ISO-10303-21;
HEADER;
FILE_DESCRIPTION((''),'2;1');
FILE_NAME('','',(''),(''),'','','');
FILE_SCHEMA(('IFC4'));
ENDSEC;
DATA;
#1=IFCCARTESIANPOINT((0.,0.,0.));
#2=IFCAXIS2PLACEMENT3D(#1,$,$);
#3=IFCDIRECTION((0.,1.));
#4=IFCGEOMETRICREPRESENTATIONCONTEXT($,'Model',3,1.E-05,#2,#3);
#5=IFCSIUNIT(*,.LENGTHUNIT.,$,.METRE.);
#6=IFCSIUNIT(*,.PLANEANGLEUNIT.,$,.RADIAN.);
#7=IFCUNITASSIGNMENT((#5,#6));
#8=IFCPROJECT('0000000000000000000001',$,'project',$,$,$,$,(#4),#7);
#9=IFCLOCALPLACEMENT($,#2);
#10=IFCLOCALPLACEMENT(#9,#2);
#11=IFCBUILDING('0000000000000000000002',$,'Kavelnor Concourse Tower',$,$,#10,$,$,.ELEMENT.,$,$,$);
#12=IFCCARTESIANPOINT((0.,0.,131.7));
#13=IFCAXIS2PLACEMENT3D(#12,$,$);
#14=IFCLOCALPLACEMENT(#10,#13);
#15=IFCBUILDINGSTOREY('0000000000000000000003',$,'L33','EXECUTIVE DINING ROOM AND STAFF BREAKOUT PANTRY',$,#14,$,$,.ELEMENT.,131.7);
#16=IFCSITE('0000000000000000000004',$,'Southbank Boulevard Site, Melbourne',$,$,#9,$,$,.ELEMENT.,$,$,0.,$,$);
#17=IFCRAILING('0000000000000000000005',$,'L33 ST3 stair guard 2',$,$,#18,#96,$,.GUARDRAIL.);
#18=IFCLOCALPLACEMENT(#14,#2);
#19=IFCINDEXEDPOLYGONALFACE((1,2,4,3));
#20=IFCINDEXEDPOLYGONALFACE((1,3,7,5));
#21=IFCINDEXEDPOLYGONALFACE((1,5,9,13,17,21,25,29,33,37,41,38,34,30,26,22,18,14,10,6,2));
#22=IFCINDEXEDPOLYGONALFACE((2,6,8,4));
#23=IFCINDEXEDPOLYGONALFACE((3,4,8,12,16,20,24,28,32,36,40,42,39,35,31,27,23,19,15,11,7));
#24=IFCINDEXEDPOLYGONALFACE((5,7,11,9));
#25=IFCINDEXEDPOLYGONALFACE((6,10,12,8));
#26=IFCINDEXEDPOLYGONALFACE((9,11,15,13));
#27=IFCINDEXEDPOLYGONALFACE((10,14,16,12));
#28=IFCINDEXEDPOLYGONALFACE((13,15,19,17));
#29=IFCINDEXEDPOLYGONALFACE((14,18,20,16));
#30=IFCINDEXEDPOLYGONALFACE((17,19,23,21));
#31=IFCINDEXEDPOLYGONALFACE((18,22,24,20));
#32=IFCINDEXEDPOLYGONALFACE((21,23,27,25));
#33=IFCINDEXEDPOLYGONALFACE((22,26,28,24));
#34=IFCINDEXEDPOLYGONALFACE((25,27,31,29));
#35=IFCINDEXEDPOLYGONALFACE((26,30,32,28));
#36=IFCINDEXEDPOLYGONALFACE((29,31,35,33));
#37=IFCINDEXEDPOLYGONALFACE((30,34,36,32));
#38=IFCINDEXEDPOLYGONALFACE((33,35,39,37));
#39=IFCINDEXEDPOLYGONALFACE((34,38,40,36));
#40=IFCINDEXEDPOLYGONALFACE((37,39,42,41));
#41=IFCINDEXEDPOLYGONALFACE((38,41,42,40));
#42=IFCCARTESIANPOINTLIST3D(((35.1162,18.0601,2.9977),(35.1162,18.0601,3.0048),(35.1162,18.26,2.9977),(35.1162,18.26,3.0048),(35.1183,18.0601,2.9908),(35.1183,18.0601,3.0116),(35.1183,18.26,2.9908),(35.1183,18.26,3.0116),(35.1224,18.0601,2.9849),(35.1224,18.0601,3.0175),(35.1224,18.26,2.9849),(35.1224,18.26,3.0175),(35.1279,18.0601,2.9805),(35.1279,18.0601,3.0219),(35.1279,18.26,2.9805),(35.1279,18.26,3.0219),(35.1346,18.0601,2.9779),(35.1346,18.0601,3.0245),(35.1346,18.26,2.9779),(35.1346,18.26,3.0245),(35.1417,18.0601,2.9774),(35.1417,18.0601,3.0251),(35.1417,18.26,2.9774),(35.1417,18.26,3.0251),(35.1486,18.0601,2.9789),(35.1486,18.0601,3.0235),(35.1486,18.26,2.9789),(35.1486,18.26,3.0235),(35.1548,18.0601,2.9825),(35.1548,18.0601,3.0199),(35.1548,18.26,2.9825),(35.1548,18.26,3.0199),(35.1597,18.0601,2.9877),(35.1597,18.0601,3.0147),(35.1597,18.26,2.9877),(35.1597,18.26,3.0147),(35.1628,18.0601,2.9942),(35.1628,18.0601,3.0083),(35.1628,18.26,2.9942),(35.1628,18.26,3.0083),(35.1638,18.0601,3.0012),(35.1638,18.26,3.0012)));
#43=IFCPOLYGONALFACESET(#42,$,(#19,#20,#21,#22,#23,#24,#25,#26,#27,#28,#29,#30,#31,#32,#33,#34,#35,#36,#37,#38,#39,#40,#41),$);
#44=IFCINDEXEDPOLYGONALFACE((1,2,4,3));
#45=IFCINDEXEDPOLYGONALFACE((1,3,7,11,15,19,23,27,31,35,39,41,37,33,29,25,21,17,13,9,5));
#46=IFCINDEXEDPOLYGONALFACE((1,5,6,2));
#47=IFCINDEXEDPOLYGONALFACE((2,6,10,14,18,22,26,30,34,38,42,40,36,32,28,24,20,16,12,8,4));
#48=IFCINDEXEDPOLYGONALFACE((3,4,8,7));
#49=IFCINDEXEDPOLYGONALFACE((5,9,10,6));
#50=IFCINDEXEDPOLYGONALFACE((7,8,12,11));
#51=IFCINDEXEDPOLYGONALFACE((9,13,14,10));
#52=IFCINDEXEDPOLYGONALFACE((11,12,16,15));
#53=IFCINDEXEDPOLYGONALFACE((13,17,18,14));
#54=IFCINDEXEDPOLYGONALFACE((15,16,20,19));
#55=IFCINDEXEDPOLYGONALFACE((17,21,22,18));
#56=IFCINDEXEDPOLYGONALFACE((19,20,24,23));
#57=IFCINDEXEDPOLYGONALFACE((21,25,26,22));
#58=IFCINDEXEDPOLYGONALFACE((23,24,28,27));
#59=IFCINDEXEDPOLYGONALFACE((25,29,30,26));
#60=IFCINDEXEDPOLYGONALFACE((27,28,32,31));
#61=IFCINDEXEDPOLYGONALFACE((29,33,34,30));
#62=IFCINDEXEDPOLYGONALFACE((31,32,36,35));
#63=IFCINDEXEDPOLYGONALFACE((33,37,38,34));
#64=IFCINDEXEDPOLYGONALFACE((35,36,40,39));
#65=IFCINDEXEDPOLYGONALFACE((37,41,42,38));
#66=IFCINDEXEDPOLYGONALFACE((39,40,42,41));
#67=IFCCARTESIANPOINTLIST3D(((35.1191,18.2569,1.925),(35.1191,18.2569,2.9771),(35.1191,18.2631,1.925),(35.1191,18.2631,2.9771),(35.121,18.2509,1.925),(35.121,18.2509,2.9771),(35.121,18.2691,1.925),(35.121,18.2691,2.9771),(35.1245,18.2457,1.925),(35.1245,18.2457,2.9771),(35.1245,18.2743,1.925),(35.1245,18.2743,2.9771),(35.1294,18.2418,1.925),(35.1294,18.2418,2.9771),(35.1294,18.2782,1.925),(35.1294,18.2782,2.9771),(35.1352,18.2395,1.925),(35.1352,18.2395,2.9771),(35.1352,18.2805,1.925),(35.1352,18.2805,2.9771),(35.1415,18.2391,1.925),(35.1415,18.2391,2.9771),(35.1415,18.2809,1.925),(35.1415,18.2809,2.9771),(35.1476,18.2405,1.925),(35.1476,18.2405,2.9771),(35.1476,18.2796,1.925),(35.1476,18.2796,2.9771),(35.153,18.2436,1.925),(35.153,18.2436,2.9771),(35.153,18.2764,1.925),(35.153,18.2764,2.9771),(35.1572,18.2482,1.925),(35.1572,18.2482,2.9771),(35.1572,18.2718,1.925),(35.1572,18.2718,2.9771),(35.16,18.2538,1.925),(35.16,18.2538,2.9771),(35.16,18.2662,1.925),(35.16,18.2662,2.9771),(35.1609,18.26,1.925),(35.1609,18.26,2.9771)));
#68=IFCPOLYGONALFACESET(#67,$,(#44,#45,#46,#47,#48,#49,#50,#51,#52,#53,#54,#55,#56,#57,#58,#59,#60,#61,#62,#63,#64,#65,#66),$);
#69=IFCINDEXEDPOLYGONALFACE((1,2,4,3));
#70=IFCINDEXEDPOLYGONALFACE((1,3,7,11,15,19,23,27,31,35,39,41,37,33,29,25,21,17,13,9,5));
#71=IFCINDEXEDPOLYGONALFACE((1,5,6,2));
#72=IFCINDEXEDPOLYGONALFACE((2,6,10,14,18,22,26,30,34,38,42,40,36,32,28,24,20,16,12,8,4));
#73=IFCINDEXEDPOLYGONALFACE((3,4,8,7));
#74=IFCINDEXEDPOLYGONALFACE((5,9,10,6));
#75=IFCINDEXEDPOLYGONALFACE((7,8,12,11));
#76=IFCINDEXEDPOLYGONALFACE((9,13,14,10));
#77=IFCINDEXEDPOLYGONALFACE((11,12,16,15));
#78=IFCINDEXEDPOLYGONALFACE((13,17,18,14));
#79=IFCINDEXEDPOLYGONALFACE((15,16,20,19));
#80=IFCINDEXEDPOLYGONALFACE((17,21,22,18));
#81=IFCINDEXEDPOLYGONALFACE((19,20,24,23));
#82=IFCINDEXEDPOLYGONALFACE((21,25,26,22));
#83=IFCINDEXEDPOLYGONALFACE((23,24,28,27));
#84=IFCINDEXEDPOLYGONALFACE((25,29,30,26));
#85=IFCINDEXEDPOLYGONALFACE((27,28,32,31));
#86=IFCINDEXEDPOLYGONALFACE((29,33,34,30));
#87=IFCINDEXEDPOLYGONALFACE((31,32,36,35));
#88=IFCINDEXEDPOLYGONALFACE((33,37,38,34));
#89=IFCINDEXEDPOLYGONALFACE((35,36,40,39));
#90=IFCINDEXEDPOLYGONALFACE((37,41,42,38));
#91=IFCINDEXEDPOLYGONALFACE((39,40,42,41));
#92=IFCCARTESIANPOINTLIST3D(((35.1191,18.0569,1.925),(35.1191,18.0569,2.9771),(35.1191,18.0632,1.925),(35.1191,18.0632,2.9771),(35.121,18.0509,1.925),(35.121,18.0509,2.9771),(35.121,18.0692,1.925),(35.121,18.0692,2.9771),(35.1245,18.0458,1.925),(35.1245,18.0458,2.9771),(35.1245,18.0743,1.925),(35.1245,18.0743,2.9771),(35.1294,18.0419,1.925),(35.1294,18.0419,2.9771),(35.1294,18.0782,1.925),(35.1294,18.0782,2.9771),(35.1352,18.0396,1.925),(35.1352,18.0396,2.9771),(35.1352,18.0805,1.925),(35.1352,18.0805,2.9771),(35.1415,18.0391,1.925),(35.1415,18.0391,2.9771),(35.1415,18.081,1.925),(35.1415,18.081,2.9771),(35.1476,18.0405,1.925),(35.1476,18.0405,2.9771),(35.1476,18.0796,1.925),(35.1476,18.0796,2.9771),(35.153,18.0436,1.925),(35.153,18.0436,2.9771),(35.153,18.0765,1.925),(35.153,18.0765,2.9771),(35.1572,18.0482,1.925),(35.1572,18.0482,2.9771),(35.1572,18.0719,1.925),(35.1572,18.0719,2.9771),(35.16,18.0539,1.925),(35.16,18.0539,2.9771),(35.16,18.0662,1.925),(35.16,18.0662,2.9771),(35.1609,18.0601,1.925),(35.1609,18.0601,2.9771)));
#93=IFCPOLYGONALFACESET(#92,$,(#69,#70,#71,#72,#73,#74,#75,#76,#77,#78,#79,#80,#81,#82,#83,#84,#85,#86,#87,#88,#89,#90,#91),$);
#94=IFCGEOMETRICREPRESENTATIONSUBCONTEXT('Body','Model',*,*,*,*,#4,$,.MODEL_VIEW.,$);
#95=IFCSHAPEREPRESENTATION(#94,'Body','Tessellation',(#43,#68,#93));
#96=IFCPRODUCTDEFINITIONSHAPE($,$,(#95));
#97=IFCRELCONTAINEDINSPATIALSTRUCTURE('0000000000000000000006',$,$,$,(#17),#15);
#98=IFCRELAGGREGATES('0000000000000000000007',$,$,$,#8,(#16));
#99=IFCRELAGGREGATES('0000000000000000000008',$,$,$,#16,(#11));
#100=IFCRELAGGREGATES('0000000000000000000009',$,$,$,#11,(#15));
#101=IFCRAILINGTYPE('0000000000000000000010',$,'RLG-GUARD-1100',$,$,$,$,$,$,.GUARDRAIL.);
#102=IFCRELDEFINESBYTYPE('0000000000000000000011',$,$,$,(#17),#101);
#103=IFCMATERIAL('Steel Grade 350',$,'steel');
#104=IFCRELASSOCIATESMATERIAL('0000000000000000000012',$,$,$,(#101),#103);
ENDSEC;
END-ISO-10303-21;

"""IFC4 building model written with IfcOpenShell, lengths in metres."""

from ifc_helpers import new_model, si_unit, direction, frame, origin, origin_2d, place, context, subcontext, project, spatial, circle, extrude, material, type_object, element, save


model = new_model("IFC4")

# Units and contexts
model_context = context("Model", 3, precision=1e-05, world=origin(), true_north=direction((0.0, 1.0)))
body_context = subcontext(model_context, "Body", "Model", "MODEL_VIEW")
ifc_project = project(units=[si_unit("LENGTHUNIT", "METRE"), si_unit("PLANEANGLEUNIT", "RADIAN")], contexts=[model_context])

# Site, building, storey
site_placement = place(None, origin())
site = spatial("IfcSite", under=ifc_project, at=site_placement, Name="Southbank Boulevard Site, Melbourne", CompositionType="ELEMENT", RefElevation=0.0)
building_placement = place(site_placement, origin())
building = spatial("IfcBuilding", under=site, at=building_placement, Name="Kavelnor Concourse Tower", CompositionType="ELEMENT")
storey_placement = place(building_placement, frame((0.0, 0.0, 131.7)))
storey = spatial("IfcBuildingStorey", under=building, at=storey_placement, Name="L33", Description="EXECUTIVE DINING ROOM AND STAFF BREAKOUT PANTRY", CompositionType="ELEMENT", Elevation=131.7)

# Shared definitions
ifc_material_1 = material(Name="Steel Grade 350", Category="steel")

# Railing
railing_type_1 = type_object("IfcRailingType", Name="RLG-GUARD-1100", PredefinedType="GUARDRAIL", material=ifc_material_1)
railing_1_placement = place(storey_placement, frame((35.1399, 18.26, 1.925)))
element("IfcRailing", 1, at=railing_1_placement, inside=storey, type_object=railing_type_1, Name="L33 ST3 stair guard 2", PredefinedType="GUARDRAIL", context=body_context, shape_type="SweptSolid", body=[
    extrude(circle(Radius=0.0239, at=origin_2d()), frame((0.0, 0.0, 1.0762), z_axis=(0.0, -1.0, 0.0), x_axis=(1.0, 0.0, 0.0)), (0.0, 0.0, 1.0), 0.2),
    extrude(circle(Radius=0.021, at=origin_2d()), origin(), (0.0, 0.0, 1.0), 1.052),
    extrude(circle(Radius=0.021, at=origin_2d()), frame((0.0, -0.2, 0.0)), (0.0, 0.0, 1.0), 1.052),
])

save(model, "model.ifc")
